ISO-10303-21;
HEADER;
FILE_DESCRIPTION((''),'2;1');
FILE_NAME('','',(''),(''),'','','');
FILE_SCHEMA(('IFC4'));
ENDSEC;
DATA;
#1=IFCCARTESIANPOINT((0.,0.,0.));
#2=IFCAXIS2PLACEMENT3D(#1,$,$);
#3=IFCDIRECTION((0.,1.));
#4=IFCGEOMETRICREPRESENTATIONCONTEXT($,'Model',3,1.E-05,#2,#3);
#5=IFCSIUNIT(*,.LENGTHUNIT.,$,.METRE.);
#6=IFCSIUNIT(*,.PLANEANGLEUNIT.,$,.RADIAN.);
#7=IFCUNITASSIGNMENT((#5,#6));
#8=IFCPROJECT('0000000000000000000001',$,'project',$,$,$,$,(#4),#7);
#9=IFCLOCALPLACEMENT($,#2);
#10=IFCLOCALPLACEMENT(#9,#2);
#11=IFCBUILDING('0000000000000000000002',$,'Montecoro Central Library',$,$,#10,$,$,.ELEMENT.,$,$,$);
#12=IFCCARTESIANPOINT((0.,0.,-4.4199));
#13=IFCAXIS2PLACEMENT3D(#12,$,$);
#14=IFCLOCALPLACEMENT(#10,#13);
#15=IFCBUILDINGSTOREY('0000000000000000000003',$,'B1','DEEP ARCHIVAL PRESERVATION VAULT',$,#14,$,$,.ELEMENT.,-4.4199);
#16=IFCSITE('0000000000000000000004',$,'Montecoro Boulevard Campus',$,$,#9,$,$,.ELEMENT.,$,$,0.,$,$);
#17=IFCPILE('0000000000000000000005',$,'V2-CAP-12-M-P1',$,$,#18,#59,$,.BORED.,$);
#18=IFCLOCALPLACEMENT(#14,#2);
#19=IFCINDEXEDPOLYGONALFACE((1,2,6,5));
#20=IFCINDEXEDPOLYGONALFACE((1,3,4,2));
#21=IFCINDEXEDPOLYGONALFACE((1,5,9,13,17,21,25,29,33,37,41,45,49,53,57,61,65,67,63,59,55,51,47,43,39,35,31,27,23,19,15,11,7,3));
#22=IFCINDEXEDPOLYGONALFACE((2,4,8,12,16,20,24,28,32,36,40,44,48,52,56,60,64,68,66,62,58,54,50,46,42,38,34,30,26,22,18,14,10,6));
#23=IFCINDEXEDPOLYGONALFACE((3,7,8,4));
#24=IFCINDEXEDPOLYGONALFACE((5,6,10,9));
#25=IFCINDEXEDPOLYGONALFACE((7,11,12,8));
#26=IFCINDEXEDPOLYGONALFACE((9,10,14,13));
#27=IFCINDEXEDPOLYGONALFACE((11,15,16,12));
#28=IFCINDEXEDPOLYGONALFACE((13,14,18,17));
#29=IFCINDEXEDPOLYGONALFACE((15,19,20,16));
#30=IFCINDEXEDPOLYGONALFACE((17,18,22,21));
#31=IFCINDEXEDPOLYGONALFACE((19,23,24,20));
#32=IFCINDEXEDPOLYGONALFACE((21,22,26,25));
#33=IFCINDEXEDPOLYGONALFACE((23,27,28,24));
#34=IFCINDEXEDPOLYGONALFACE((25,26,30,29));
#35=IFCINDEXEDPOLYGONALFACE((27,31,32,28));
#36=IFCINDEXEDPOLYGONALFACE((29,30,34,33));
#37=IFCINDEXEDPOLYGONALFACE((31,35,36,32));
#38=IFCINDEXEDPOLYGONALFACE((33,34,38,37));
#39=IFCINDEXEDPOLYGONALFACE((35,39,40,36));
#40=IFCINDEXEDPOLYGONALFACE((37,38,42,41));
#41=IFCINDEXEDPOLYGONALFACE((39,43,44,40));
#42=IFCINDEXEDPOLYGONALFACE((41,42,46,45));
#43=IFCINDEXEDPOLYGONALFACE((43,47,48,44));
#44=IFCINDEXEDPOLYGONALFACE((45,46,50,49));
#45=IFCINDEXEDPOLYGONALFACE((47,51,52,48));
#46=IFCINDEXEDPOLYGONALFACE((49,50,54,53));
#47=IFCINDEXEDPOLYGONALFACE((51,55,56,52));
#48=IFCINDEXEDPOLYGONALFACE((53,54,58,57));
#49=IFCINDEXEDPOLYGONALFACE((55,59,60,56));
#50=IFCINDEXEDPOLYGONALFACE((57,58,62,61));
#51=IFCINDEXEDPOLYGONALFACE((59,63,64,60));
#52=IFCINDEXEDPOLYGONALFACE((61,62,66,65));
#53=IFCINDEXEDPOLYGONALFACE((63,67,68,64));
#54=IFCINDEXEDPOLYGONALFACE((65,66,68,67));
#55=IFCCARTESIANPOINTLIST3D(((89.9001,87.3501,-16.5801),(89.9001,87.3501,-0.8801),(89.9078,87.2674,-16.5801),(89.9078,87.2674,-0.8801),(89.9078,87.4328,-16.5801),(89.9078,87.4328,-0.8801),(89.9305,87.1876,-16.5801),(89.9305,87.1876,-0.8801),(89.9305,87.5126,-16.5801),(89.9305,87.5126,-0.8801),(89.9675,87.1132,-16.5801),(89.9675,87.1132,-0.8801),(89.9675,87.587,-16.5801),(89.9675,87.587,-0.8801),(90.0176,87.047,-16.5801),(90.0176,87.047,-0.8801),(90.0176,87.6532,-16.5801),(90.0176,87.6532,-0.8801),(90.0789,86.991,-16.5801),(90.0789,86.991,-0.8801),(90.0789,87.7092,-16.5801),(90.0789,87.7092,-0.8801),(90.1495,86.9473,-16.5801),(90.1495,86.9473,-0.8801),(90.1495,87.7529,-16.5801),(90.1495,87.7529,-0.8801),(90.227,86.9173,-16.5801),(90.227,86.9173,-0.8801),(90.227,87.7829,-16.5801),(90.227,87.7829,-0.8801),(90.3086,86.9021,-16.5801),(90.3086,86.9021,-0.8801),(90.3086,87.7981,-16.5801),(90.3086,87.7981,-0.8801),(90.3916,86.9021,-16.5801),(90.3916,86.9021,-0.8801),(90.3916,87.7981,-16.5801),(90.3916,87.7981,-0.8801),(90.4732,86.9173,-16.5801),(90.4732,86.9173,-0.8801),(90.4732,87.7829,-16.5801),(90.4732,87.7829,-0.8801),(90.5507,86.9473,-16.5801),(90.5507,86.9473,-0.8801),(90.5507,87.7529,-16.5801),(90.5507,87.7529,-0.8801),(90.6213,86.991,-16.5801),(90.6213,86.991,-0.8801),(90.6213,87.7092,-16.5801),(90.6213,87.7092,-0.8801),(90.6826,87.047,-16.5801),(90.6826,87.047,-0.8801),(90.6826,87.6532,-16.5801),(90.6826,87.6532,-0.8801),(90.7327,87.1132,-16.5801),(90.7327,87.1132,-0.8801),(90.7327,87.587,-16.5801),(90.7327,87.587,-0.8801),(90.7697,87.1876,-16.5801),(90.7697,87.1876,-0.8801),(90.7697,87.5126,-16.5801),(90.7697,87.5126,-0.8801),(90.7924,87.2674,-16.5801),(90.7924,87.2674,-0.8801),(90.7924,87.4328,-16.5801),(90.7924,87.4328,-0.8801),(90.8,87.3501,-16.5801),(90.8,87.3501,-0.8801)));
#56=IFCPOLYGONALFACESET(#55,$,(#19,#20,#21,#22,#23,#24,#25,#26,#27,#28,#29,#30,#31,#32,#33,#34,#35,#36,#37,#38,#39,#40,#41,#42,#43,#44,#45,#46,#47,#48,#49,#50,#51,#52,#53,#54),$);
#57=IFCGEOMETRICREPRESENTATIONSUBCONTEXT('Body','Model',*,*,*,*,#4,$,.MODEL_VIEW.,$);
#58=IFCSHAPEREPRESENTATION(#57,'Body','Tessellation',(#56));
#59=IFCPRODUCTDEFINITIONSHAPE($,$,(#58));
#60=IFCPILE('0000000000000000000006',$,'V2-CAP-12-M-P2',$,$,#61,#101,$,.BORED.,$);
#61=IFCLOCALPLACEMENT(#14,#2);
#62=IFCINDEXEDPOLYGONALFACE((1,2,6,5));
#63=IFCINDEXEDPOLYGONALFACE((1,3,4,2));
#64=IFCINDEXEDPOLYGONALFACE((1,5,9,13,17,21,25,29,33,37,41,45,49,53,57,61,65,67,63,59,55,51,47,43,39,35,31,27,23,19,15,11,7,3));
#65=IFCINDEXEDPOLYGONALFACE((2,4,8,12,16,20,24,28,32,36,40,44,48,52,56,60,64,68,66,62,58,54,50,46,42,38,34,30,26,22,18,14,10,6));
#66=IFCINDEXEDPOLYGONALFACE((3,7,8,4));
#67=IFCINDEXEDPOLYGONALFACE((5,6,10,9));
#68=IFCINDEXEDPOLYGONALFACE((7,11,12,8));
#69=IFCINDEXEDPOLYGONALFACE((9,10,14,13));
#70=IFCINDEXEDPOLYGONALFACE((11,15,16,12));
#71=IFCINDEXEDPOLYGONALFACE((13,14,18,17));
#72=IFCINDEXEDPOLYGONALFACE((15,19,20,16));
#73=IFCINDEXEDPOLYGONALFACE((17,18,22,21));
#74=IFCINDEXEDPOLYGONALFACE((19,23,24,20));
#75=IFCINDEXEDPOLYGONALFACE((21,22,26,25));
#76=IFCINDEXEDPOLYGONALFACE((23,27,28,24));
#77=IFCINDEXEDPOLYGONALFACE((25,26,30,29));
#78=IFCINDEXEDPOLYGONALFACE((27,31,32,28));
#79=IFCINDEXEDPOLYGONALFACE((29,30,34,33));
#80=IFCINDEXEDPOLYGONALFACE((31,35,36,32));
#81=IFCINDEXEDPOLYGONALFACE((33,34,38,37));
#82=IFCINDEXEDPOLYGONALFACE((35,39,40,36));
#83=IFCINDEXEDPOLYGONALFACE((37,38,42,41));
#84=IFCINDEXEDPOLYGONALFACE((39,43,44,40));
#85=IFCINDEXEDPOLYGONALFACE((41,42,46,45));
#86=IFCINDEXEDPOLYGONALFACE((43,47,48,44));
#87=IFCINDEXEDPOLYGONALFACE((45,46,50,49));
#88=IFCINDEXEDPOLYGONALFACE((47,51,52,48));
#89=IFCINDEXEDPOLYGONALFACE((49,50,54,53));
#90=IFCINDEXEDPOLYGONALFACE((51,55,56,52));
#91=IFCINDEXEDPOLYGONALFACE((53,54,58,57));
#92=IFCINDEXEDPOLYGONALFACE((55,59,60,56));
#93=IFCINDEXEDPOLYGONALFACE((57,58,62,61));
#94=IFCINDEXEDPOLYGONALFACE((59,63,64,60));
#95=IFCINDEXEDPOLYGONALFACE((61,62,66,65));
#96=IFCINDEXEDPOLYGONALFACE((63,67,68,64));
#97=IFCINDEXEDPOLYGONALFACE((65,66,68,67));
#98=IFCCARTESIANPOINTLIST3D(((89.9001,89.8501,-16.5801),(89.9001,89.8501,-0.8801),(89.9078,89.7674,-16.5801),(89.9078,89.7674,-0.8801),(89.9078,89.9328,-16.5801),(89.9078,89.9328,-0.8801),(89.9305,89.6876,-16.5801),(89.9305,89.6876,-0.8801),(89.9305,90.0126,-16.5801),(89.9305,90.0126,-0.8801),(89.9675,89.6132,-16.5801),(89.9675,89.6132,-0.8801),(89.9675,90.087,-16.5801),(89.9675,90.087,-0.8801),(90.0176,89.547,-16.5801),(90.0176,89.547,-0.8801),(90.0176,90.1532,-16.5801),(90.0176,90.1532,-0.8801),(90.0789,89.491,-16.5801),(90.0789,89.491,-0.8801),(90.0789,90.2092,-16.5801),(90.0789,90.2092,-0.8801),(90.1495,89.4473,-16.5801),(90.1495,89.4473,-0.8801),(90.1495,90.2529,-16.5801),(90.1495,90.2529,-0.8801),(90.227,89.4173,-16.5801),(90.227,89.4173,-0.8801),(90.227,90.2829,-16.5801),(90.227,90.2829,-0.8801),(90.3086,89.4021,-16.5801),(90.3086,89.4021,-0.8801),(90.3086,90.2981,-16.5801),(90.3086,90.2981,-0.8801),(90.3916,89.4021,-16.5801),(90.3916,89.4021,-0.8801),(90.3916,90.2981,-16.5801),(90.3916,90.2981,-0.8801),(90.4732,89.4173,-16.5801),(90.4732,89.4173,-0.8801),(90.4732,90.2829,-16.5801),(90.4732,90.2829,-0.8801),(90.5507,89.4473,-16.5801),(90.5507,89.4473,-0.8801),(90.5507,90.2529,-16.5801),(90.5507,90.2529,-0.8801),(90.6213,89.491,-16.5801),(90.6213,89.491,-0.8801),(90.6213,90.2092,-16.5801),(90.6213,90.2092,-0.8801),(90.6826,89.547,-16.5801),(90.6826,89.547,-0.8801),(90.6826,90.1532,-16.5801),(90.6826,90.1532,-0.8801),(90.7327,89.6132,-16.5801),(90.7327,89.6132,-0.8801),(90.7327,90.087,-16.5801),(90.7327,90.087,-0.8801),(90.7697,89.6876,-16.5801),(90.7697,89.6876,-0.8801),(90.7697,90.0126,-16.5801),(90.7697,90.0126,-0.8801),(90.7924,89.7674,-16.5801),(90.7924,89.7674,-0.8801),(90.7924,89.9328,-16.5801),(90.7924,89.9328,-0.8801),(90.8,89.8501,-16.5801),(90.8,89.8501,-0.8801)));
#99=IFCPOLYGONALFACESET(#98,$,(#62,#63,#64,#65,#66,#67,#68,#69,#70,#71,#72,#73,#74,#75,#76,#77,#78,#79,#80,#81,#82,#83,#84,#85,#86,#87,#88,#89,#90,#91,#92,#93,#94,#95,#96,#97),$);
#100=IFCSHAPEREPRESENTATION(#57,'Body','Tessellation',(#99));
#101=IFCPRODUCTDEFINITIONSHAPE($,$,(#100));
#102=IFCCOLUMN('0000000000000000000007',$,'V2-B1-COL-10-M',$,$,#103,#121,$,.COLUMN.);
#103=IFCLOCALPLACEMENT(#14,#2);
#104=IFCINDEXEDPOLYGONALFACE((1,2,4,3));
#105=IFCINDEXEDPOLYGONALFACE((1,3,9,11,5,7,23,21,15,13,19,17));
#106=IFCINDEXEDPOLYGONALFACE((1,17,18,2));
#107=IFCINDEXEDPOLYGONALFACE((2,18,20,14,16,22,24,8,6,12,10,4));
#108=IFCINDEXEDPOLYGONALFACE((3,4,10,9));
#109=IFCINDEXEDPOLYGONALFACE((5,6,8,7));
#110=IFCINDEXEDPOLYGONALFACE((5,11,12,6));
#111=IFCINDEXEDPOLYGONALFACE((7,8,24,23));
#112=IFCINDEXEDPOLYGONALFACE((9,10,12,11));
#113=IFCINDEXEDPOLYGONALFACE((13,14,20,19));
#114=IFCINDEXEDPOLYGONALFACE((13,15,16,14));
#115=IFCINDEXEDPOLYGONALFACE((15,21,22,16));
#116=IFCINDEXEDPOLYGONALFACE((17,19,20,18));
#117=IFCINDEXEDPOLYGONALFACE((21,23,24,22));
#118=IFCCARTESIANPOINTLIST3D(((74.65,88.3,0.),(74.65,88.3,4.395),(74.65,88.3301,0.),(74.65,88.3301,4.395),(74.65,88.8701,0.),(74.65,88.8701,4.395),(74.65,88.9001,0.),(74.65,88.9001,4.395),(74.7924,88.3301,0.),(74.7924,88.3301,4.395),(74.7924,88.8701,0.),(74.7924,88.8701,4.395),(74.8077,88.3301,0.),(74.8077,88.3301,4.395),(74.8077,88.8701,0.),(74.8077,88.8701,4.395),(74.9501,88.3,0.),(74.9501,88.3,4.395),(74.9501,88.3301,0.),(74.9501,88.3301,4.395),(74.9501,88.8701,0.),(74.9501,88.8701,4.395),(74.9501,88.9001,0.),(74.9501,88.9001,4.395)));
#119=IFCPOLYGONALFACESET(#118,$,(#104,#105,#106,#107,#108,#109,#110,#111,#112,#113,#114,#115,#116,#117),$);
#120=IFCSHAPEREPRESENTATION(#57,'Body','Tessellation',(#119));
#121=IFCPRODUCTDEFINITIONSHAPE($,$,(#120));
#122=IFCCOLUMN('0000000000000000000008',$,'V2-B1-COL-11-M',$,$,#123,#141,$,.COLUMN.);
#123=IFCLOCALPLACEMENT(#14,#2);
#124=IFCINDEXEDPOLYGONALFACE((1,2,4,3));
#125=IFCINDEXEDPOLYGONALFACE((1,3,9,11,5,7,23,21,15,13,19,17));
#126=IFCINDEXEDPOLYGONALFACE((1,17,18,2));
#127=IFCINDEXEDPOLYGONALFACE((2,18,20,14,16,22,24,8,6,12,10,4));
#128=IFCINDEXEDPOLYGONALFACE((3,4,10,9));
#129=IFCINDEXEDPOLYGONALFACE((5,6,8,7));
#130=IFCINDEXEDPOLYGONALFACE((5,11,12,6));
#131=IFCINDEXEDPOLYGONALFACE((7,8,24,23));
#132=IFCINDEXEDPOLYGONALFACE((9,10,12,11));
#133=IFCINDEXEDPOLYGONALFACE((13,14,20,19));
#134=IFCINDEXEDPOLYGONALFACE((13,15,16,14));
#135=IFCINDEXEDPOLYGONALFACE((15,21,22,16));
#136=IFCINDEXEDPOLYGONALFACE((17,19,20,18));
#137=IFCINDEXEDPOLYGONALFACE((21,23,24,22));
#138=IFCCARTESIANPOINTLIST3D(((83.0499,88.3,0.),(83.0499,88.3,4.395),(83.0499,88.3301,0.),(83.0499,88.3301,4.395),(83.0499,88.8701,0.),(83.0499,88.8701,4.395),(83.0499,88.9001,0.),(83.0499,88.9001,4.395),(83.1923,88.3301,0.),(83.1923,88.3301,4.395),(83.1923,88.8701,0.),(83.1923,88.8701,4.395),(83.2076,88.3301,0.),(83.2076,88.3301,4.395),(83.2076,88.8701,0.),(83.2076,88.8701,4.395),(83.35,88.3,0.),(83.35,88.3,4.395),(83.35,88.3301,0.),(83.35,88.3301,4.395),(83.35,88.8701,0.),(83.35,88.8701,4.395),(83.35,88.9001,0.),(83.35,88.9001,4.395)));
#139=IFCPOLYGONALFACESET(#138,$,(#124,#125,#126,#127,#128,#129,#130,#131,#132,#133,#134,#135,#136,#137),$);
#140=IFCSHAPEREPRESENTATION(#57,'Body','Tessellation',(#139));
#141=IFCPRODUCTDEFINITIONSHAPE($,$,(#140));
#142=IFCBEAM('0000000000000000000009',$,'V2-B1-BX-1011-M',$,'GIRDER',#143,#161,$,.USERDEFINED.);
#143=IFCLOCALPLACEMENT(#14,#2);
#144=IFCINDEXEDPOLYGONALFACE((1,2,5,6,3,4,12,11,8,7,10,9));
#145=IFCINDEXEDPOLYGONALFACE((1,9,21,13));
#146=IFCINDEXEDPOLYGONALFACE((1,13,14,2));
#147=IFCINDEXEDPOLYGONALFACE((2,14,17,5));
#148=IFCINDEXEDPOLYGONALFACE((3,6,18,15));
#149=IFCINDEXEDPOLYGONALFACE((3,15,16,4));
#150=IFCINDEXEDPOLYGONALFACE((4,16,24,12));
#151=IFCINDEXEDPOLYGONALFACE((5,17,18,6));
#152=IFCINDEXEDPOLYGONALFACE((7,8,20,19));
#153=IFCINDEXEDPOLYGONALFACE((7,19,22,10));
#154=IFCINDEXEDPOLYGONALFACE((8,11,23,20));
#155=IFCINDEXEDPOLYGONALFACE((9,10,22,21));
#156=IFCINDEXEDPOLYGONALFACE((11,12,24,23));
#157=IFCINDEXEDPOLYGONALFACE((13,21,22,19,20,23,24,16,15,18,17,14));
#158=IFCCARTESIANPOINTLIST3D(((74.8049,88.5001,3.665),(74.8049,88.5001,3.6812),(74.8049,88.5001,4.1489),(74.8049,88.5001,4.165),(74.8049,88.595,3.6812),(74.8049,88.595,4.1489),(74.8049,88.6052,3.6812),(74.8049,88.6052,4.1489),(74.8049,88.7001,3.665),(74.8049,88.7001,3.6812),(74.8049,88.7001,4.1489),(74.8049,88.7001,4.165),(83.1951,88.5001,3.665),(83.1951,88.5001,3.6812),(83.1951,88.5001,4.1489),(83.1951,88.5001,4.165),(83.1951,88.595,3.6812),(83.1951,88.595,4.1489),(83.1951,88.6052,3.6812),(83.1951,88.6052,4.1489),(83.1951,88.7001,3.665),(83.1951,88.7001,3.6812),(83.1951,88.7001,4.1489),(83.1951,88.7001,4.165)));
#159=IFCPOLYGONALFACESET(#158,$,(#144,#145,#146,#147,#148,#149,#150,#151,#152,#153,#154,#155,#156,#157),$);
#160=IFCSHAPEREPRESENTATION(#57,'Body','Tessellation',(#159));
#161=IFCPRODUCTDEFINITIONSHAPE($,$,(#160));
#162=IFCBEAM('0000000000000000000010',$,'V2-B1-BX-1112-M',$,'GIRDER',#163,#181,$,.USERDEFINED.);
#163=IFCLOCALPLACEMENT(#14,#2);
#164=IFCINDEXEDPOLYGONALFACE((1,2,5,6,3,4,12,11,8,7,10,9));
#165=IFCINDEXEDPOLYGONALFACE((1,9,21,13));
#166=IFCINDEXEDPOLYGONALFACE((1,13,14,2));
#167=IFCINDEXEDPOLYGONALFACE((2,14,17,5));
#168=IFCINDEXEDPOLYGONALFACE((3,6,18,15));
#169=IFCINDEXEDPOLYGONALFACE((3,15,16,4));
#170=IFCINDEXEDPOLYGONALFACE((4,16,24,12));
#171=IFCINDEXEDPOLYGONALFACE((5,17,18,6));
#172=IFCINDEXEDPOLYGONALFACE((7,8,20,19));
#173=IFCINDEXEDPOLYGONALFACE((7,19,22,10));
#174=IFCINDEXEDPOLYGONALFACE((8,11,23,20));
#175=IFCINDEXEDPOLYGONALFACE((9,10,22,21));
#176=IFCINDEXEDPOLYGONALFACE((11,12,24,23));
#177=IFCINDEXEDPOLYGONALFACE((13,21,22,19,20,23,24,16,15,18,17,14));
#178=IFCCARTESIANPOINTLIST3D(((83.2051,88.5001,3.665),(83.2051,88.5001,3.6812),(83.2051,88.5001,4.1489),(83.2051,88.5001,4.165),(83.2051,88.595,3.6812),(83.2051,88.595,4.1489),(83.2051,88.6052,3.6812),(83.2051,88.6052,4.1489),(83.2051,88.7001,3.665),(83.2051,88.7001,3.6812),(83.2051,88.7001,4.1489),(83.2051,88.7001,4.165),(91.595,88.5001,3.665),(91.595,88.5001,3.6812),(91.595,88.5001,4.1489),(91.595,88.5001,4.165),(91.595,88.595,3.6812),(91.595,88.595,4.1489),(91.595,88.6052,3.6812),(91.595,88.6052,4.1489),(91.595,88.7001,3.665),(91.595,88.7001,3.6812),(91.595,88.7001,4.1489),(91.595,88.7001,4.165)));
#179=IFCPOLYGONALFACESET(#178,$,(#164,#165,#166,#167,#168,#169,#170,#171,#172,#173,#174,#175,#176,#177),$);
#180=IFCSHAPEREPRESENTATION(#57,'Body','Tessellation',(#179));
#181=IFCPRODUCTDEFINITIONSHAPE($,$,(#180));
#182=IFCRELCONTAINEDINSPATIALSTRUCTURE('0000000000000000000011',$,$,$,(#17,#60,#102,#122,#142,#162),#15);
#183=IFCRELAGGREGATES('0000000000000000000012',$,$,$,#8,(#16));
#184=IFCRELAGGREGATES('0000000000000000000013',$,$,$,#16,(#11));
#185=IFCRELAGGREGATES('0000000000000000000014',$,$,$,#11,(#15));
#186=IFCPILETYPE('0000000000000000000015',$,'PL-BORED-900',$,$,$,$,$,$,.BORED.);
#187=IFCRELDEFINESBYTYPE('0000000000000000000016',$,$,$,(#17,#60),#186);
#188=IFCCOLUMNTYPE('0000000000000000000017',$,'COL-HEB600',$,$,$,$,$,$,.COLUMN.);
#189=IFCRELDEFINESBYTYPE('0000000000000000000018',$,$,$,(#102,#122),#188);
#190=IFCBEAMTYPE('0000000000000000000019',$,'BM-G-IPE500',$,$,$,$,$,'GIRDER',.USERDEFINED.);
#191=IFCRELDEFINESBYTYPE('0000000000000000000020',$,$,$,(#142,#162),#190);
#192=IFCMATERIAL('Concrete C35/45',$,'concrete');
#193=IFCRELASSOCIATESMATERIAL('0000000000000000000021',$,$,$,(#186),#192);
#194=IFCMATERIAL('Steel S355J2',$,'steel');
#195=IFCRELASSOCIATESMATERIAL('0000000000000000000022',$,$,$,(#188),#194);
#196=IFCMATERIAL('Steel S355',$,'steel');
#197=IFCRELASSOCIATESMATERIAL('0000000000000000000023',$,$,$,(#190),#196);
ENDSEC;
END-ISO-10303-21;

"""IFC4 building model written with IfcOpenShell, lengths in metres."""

from ifc_helpers import new_model, si_unit, direction, frame, origin, origin_2d, place, context, subcontext, project, spatial, circle, i_section, extrude, material, material_profile, profile_set, type_object, element, save


model = new_model("IFC4")

# Units and contexts
model_context = context("Model", 3, precision=1e-05, world=origin(), true_north=direction((0.0, 1.0)))
body_context = subcontext(model_context, "Body", "Model", "MODEL_VIEW")
ifc_project = project(units=[si_unit("LENGTHUNIT", "METRE"), si_unit("PLANEANGLEUNIT", "RADIAN")], contexts=[model_context])

# Site, building, storey
site_placement = place(None, origin())
site = spatial("IfcSite", under=ifc_project, at=site_placement, Name="Montecoro Boulevard Campus", CompositionType="ELEMENT", RefElevation=0.0)
building_placement = place(site_placement, origin())
building = spatial("IfcBuilding", under=site, at=building_placement, Name="Montecoro Central Library", CompositionType="ELEMENT")
storey_placement = place(building_placement, frame((0.0, 0.0, -4.4199)))
storey = spatial("IfcBuildingStorey", under=building, at=storey_placement, Name="B1", Description="DEEP ARCHIVAL PRESERVATION VAULT", CompositionType="ELEMENT", Elevation=-4.4199)

# Shared definitions
ifc_material_1 = material(Name="Concrete C35/45", Category="concrete")

# Piles
ifc_material_profile_1 = material_profile(ifc_material_1, circle(Radius=0.45, at=origin_2d()), Name="PILE D900")
ifc_profile_set_1 = profile_set([ifc_material_profile_1], Name="Concrete C35/45")
pile_type_1 = type_object("IfcPileType", Name="PL-BORED-900", PredefinedType="BORED", material=ifc_profile_set_1)
for number, where, z_axis, x_axis, name in (
    (1, (90.3501, 87.3501, -0.8801), (0.0, 0.0, -1.0), (1.0, 0.0, 0.0), "V2-CAP-12-M-P1"),
    (2, (90.3501, 89.8501, -0.8801), (0.0, 0.0, -1.0), (1.0, 0.0, 0.0), "V2-CAP-12-M-P2"),
):
    element("IfcPile", number, at=place(storey_placement, frame(where, z_axis=z_axis, x_axis=x_axis)), inside=storey, type_object=pile_type_1, Name=name, PredefinedType="BORED", context=body_context, shape_type="SweptSolid", body=[
        extrude(circle(Radius=0.45, at=origin_2d()), origin(), (0.0, 0.0, 1.0), 15.7),
    ])

# Columns
ifc_material_2 = material(Name="Steel S355J2", Category="steel")
ifc_material_profile_2 = material_profile(ifc_material_2, i_section(OverallWidth=0.3, OverallDepth=0.6001, WebThickness=0.0154, FlangeThickness=0.03, at=origin_2d()), Name="HEB 600")
ifc_profile_set_2 = profile_set([ifc_material_profile_2], Name="Steel S355J2")
column_type = type_object("IfcColumnType", Name="COL-HEB600", PredefinedType="COLUMN", material=ifc_profile_set_2)
for number, where, z_axis, x_axis, name in (
    (3, (74.8, 88.6001, 0.0), (0.0, 0.0, 1.0), (1.0, 0.0, 0.0), "V2-B1-COL-10-M"),
    (4, (83.2, 88.6001, 0.0), (0.0, 0.0, 1.0), (1.0, 0.0, 0.0), "V2-B1-COL-11-M"),
):
    element("IfcColumn", number, at=place(storey_placement, frame(where, z_axis=z_axis, x_axis=x_axis)), inside=storey, type_object=column_type, Name=name, PredefinedType="COLUMN", context=body_context, shape_type="SweptSolid", body=[
        extrude(i_section(OverallWidth=0.3, OverallDepth=0.6001, WebThickness=0.0154, FlangeThickness=0.03, at=origin_2d()), origin(), (0.0, 0.0, 1.0), 4.395),
    ])

# Beams
ifc_material_3 = material(Name="Steel S355", Category="steel")
ifc_material_profile_3 = material_profile(ifc_material_3, i_section(OverallWidth=0.2, OverallDepth=0.5, WebThickness=0.0103, FlangeThickness=0.0161, at=origin_2d()), Name="IPE 500")
ifc_profile_set_3 = profile_set([ifc_material_profile_3], Name="Steel S355")
beam_type_1 = type_object("IfcBeamType", Name="BM-G-IPE500", ElementType="GIRDER", PredefinedType="USERDEFINED", material=ifc_profile_set_3)
beam_1_placement = place(storey_placement, frame((74.8049, 88.6001, 3.915), z_axis=(1.0, 0.0, 0.0), x_axis=(0.0, 1.0, 0.0)))
element("IfcBeam", 5, at=beam_1_placement, inside=storey, type_object=beam_type_1, Name="V2-B1-BX-1011-M", ObjectType="GIRDER", PredefinedType="USERDEFINED", context=body_context, shape_type="SweptSolid", body=[
    extrude(i_section(OverallWidth=0.2, OverallDepth=0.5, WebThickness=0.0103, FlangeThickness=0.0161, at=origin_2d()), origin(), (0.0, 0.0, 1.0), 8.3901),
])
beam_2_placement = place(storey_placement, frame((83.2051, 88.6001, 3.915), z_axis=(1.0, 0.0, 0.0), x_axis=(0.0, 1.0, 0.0)))
element("IfcBeam", 6, at=beam_2_placement, inside=storey, type_object=beam_type_1, Name="V2-B1-BX-1112-M", ObjectType="GIRDER", PredefinedType="USERDEFINED", context=body_context, shape_type="SweptSolid", body=[
    extrude(i_section(OverallWidth=0.2, OverallDepth=0.5, WebThickness=0.0103, FlangeThickness=0.0161, at=origin_2d()), origin(), (0.0, 0.0, 1.0), 8.3899),
])

save(model, "model.ifc")
